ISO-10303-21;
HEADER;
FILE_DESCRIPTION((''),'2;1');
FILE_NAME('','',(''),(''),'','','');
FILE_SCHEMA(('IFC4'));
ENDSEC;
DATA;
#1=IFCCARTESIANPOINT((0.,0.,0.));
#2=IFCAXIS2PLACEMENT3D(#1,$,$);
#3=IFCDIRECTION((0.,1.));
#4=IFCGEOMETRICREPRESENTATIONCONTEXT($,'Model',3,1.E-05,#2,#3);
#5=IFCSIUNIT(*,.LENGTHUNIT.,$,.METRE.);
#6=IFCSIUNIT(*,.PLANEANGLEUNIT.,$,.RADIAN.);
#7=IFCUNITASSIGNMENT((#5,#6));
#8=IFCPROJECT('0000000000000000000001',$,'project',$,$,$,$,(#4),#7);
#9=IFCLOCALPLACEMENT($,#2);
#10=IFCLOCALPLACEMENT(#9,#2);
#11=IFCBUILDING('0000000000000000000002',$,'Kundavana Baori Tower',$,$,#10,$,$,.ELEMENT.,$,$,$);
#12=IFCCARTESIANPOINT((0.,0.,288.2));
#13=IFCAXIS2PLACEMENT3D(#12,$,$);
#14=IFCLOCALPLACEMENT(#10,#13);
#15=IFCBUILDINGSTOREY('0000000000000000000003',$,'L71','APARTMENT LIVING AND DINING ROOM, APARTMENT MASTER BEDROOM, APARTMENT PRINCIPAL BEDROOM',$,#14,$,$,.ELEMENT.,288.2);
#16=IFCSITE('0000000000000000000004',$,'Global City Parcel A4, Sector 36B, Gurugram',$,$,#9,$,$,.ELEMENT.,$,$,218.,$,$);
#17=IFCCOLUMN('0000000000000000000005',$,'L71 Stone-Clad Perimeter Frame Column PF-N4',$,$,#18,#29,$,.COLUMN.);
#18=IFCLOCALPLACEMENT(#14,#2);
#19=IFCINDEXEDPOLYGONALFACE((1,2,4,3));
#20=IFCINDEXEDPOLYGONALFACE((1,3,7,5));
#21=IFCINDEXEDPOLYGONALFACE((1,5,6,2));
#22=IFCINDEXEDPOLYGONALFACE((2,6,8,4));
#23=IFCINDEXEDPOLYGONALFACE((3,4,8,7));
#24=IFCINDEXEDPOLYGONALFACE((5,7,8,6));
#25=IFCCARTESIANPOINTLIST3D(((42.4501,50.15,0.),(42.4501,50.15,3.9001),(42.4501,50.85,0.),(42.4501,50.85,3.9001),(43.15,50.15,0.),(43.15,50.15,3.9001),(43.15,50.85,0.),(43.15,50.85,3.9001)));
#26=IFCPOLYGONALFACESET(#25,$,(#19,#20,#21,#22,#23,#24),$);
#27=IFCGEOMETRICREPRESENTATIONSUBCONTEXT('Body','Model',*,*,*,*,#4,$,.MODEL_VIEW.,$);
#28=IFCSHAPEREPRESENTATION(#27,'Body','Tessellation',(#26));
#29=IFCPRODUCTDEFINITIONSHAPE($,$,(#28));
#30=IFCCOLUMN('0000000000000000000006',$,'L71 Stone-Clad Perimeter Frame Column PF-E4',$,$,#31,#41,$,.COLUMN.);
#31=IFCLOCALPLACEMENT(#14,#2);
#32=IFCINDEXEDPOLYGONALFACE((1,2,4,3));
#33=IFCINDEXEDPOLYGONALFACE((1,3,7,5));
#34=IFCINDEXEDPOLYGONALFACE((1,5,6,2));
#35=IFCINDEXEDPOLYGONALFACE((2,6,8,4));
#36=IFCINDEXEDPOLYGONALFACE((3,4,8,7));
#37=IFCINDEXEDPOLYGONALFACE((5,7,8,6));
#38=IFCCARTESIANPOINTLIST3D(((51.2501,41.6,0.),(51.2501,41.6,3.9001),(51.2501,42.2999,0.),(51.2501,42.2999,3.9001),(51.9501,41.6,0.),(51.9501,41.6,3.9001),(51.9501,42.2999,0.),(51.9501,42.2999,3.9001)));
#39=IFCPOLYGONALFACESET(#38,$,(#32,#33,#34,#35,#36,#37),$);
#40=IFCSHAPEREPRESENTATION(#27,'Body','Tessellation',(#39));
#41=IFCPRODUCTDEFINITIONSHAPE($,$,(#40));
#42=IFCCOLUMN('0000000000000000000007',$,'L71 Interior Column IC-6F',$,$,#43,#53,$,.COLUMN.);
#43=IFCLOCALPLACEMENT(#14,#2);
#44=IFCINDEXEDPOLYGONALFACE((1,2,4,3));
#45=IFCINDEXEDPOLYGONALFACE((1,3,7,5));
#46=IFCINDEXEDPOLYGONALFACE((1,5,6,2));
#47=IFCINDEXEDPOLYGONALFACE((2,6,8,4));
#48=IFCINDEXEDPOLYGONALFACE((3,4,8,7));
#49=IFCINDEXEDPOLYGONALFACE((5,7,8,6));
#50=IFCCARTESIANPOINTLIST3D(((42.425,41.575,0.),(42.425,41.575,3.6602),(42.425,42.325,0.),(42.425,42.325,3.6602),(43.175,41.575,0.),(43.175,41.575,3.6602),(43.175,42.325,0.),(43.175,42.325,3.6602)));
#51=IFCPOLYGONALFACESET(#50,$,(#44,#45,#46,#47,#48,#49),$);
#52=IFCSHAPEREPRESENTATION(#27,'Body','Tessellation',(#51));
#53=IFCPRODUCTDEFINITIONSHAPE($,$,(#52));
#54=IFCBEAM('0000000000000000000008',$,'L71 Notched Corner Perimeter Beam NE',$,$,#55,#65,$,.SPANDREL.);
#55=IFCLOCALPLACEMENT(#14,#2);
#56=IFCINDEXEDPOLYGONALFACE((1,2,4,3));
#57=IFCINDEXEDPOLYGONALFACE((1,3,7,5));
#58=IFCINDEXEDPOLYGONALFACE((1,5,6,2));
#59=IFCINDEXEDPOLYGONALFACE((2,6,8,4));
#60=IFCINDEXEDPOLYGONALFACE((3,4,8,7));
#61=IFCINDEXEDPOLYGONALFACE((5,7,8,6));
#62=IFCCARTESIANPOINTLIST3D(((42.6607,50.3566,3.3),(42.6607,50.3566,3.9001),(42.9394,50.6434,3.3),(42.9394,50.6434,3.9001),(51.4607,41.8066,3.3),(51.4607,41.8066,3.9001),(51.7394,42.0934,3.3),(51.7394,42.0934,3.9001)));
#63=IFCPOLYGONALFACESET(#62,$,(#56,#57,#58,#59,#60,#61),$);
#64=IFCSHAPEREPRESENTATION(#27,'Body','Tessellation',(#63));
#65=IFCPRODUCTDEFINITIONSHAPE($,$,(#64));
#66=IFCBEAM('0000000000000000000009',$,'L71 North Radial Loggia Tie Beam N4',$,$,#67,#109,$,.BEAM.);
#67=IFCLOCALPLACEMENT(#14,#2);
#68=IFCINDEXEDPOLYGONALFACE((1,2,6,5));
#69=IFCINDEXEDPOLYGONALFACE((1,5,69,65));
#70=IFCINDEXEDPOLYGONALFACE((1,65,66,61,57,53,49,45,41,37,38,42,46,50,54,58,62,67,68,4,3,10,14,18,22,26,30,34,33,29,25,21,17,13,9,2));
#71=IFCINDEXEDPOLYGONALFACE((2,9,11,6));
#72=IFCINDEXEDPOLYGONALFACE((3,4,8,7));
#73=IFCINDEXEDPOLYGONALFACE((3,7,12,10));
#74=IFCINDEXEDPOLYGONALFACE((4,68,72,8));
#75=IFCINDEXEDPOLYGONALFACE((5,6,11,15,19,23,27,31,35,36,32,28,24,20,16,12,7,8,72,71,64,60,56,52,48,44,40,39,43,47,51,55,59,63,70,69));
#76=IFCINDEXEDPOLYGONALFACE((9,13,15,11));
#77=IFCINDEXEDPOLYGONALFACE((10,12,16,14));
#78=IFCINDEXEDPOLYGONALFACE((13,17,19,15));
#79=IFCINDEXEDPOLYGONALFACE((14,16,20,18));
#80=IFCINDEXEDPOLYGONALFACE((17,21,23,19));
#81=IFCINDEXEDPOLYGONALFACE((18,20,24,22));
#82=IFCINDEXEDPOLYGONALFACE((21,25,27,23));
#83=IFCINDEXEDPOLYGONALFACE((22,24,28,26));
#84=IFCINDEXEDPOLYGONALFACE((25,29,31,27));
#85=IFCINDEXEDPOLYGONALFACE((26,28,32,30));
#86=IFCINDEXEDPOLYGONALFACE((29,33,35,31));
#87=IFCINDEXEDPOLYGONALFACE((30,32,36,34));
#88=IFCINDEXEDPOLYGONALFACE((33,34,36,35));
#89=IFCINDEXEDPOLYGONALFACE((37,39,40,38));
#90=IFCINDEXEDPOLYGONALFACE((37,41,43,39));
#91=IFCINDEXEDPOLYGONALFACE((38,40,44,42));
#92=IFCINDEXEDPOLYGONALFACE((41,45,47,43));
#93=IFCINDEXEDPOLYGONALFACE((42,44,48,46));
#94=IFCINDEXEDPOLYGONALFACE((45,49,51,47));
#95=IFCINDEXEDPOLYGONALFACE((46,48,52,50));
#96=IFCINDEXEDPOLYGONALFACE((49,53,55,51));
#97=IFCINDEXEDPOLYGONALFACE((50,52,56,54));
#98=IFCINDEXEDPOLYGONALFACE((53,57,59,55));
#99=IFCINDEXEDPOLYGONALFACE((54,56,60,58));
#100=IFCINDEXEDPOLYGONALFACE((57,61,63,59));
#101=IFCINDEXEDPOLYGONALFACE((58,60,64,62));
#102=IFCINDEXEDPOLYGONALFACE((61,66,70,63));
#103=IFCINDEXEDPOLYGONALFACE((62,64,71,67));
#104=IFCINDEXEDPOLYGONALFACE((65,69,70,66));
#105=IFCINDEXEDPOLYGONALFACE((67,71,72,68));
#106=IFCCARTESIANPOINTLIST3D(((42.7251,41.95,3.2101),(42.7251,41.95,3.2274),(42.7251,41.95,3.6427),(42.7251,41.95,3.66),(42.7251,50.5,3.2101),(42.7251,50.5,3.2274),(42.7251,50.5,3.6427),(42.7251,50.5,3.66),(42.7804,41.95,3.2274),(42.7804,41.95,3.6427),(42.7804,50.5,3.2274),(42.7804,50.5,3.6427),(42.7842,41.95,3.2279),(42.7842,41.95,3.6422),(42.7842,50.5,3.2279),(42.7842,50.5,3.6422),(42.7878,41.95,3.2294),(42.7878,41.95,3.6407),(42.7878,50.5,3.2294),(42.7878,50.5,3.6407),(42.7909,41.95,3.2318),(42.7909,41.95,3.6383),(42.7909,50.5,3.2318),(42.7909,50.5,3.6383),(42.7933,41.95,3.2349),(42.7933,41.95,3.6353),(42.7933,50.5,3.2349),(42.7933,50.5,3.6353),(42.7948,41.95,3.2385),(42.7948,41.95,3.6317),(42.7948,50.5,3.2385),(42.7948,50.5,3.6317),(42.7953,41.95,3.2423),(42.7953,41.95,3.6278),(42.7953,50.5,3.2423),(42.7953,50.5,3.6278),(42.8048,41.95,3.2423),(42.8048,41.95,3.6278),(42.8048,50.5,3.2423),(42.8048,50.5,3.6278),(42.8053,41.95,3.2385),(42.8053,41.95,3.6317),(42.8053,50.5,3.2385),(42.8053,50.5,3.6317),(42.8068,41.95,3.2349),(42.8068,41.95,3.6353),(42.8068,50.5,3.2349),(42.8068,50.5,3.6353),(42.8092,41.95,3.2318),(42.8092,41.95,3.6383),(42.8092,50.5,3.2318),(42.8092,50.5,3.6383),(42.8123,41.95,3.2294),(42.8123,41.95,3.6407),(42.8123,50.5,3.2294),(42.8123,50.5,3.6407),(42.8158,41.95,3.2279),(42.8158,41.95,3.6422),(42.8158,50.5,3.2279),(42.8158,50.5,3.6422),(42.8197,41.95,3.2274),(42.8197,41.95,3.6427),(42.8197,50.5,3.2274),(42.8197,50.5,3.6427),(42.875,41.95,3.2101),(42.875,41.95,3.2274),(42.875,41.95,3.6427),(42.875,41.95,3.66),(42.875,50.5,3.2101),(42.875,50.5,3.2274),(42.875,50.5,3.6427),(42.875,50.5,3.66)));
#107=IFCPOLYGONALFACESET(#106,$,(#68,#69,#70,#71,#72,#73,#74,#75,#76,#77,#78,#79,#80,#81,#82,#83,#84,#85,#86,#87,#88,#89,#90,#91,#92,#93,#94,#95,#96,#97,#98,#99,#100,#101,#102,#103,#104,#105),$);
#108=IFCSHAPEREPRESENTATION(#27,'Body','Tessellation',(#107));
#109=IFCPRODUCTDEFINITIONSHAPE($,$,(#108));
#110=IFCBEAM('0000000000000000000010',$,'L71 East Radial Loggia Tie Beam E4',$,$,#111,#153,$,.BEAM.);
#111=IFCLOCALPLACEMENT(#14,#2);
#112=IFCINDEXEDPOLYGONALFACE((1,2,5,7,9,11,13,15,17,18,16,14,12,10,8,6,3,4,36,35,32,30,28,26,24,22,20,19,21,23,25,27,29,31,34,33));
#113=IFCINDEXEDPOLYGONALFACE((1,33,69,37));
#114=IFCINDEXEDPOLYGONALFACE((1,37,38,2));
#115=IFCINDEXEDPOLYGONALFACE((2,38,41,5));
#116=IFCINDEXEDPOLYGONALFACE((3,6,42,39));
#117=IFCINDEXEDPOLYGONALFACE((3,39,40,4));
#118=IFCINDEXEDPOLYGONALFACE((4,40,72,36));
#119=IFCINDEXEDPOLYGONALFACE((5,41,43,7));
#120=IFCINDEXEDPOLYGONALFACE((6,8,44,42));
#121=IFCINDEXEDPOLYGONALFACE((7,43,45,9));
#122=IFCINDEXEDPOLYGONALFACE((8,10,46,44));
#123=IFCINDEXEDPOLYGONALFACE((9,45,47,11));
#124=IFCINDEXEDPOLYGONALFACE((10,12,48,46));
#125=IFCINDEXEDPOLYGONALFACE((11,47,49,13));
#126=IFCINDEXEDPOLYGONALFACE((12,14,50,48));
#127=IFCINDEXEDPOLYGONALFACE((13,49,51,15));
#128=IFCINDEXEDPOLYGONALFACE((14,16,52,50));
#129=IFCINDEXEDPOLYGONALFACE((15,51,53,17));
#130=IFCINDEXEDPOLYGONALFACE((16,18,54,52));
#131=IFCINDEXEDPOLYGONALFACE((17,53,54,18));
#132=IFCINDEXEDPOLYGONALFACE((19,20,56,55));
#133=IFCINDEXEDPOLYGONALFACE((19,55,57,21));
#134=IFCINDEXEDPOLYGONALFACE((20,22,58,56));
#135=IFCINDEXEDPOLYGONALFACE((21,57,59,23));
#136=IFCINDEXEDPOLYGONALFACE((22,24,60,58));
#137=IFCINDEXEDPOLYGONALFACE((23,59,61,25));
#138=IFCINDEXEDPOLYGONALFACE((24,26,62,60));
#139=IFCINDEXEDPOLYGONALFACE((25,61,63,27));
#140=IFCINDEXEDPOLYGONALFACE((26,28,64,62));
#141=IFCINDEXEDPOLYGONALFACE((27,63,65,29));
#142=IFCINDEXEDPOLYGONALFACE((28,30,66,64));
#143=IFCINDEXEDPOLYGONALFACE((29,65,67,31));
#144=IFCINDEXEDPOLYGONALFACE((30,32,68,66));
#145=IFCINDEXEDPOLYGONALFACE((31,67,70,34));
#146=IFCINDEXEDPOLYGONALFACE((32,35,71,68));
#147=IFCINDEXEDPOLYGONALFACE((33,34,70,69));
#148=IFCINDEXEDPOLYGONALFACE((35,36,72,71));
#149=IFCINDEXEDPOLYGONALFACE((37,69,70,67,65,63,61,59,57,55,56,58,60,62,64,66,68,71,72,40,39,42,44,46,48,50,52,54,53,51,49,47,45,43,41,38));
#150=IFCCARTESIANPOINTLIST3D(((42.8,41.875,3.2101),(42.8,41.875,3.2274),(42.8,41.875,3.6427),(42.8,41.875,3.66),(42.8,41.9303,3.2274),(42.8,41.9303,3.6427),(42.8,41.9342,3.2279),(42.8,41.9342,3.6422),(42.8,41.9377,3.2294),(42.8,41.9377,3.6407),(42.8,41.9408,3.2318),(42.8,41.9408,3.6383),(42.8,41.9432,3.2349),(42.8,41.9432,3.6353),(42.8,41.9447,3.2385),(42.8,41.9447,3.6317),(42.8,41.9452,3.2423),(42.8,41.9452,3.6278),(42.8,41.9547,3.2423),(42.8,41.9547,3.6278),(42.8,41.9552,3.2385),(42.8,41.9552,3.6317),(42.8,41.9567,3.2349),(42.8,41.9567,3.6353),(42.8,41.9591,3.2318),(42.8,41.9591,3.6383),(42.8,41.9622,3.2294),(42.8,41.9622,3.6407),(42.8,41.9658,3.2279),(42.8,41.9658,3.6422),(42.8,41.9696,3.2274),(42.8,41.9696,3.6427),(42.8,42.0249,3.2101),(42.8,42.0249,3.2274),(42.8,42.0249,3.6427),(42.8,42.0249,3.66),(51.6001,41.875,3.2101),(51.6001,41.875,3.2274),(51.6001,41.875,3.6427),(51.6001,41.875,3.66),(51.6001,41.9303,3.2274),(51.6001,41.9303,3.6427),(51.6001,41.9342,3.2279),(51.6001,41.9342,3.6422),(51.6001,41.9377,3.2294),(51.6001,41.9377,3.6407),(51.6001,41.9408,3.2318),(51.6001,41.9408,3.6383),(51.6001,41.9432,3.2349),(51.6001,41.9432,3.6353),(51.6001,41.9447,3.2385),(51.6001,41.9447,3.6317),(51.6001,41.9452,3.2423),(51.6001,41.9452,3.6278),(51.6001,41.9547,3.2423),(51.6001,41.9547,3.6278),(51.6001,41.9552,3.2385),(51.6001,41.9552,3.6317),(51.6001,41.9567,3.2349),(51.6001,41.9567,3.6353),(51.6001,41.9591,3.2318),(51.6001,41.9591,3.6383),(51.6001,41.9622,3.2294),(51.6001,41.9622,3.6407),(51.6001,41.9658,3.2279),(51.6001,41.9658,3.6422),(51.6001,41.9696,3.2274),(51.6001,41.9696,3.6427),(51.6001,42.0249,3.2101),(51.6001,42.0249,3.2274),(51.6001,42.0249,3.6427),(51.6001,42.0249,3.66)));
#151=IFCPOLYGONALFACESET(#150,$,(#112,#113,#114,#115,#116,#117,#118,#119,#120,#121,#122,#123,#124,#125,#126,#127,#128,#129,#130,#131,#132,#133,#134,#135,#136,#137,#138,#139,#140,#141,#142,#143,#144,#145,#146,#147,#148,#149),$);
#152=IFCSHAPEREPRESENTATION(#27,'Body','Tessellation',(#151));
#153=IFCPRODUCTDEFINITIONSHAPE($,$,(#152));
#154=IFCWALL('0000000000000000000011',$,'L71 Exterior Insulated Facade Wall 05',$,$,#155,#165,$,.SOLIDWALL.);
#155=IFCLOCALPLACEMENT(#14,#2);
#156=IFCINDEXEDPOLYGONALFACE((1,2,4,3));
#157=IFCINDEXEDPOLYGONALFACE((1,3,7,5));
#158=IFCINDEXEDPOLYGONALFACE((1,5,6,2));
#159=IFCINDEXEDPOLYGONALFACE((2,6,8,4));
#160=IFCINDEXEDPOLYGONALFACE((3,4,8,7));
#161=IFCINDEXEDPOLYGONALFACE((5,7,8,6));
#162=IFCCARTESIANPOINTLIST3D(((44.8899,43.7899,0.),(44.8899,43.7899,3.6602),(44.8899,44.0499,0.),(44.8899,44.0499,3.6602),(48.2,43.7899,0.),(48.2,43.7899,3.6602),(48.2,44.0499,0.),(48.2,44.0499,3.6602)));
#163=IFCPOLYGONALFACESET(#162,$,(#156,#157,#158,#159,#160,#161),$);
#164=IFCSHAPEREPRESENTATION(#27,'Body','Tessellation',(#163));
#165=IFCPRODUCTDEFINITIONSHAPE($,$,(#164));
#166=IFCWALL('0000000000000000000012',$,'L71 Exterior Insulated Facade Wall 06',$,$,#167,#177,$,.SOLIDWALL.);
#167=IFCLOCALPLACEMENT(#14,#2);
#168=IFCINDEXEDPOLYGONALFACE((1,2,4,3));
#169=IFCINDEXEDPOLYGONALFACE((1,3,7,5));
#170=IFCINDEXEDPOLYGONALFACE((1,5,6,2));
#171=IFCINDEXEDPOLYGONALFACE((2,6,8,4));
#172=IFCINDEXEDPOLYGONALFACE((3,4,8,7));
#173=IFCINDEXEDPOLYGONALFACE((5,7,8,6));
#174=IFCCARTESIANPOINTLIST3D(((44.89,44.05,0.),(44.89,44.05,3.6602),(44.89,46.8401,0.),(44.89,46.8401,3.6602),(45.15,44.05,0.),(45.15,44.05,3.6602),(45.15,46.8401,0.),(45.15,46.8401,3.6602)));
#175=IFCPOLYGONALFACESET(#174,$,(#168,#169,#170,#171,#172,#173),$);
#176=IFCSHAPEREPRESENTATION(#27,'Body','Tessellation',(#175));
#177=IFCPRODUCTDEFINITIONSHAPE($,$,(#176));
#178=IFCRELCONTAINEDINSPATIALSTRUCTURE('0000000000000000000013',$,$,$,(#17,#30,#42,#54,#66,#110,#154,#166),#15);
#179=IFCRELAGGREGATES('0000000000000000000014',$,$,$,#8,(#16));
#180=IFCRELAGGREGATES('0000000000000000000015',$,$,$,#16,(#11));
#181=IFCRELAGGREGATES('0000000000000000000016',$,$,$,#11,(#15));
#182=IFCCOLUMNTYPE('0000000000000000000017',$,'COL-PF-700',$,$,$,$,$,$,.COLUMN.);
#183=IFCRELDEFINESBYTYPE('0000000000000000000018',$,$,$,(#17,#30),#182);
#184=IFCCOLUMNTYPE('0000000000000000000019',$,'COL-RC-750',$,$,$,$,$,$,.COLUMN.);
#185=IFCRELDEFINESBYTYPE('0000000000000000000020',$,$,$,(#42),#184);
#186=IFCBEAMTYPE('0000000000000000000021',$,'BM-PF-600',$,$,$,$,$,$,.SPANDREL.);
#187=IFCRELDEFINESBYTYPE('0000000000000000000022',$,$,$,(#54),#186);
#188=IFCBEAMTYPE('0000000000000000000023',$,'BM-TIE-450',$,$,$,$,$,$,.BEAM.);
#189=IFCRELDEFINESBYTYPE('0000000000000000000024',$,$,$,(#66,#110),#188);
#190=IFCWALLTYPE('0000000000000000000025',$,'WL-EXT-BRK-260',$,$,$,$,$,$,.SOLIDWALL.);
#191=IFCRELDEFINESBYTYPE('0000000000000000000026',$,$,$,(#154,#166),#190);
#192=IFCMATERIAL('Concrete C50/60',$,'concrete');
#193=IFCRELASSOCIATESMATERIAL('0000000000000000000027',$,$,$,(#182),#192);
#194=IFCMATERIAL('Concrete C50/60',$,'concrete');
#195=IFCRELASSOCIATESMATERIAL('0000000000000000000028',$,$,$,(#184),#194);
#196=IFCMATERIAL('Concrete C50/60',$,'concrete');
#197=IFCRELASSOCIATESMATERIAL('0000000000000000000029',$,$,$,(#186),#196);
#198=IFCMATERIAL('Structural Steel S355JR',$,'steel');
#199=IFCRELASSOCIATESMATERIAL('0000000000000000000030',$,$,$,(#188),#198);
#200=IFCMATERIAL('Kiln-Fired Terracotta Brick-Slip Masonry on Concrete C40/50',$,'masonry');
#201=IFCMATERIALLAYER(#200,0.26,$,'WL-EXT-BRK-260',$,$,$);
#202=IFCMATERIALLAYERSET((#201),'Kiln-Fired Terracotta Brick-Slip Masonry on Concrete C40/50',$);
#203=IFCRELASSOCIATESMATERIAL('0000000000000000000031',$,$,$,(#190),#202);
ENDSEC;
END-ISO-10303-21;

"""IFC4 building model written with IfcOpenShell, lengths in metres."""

from ifc_helpers import new_model, si_unit, direction, frame, frame_2d, origin, origin_2d, place, context, subcontext, project, spatial, rectangle, i_section, extrude, material, layer, layer_set, material_profile, profile_set, type_object, element, save


model = new_model("IFC4")

# Units and contexts
model_context = context("Model", 3, precision=1e-05, world=origin(), true_north=direction((0.0, 1.0)))
body_context = subcontext(model_context, "Body", "Model", "MODEL_VIEW")
ifc_project = project(units=[si_unit("LENGTHUNIT", "METRE"), si_unit("PLANEANGLEUNIT", "RADIAN")], contexts=[model_context])

# Site, building, storey
site_placement = place(None, origin())
site = spatial("IfcSite", under=ifc_project, at=site_placement, Name="Global City Parcel A4, Sector 36B, Gurugram", CompositionType="ELEMENT", RefElevation=218.0)
building_placement = place(site_placement, origin())
building = spatial("IfcBuilding", under=site, at=building_placement, Name="Kundavana Baori Tower", CompositionType="ELEMENT")
storey_placement = place(building_placement, frame((0.0, 0.0, 288.2)))
storey = spatial("IfcBuildingStorey", under=building, at=storey_placement, Name="L71", Description="APARTMENT LIVING AND DINING ROOM, APARTMENT MASTER BEDROOM, APARTMENT PRINCIPAL BEDROOM", CompositionType="ELEMENT", Elevation=288.2)

# Columns
ifc_material_1 = material(Name="Concrete C50/60", Category="concrete")
ifc_material_profile_1 = material_profile(ifc_material_1, rectangle(XDim=0.7, YDim=0.7, at=origin_2d()), Name="RC PF 700x700")
ifc_profile_set_1 = profile_set([ifc_material_profile_1], Name="Concrete C50/60")
column_type_1 = type_object("IfcColumnType", Name="COL-PF-700", PredefinedType="COLUMN", material=ifc_profile_set_1)
for number, where, z_axis, x_axis, name in (
    (1, (42.8, 50.5, 0.0), (0.0, 0.0, 1.0), (1.0, 0.0, 0.0), "L71 Stone-Clad Perimeter Frame Column PF-N4"),
    (2, (51.6001, 41.95, 0.0), (0.0, 0.0, 1.0), (1.0, 0.0, 0.0), "L71 Stone-Clad Perimeter Frame Column PF-E4"),
):
    element("IfcColumn", number, at=place(storey_placement, frame(where, z_axis=z_axis, x_axis=x_axis)), inside=storey, type_object=column_type_1, Name=name, PredefinedType="COLUMN", context=body_context, shape_type="SweptSolid", body=[
        extrude(rectangle(XDim=0.7, YDim=0.7, at=origin_2d()), origin(), (0.0, 0.0, 1.0), 3.9001),
    ])
ifc_material_2 = material(Name="Concrete C50/60", Category="concrete")
ifc_material_profile_2 = material_profile(ifc_material_2, rectangle(XDim=0.75, YDim=0.75, at=origin_2d()), Name="RC 750x750")
ifc_profile_set_2 = profile_set([ifc_material_profile_2], Name="Concrete C50/60")
column_type_2 = type_object("IfcColumnType", Name="COL-RC-750", PredefinedType="COLUMN", material=ifc_profile_set_2)
column_placement = place(storey_placement, frame((42.8, 41.95, 0.0), z_axis=(0.0, 0.0, 1.0), x_axis=(1.0, 0.0, 0.0)))
element("IfcColumn", 3, at=column_placement, inside=storey, type_object=column_type_2, Name="L71 Interior Column IC-6F", PredefinedType="COLUMN", context=body_context, shape_type="SweptSolid", body=[
    extrude(rectangle(XDim=0.75, YDim=0.75, at=origin_2d()), origin(), (0.0, 0.0, 1.0), 3.6602),
])

# Beams
ifc_material_3 = material(Name="Concrete C50/60", Category="concrete")
ifc_material_profile_3 = material_profile(ifc_material_3, rectangle(XDim=0.3999, YDim=0.6001, at=origin_2d()), Name="RC BM 400x600")
ifc_profile_set_3 = profile_set([ifc_material_profile_3], Name="Concrete C50/60")
beam_type_1 = type_object("IfcBeamType", Name="BM-PF-600", PredefinedType="SPANDREL", material=ifc_profile_set_3)
beam_1_placement = place(storey_placement, frame((42.8, 50.5, 3.6001), z_axis=(0.717221, -0.696846, 0.0), x_axis=(0.696846, 0.717221, 0.0)))
element("IfcBeam", 4, at=beam_1_placement, inside=storey, type_object=beam_type_1, Name="L71 Notched Corner Perimeter Beam NE", PredefinedType="SPANDREL", context=body_context, shape_type="SweptSolid", body=[
    extrude(rectangle(XDim=0.3999, YDim=0.6001, at=origin_2d()), origin(), (0.0, 0.0, 1.0), 12.2695),
])
ifc_material_4 = material(Name="Structural Steel S355JR", Category="steel")
ifc_material_profile_4 = material_profile(ifc_material_4, i_section(OverallWidth=0.1499, OverallDepth=0.45, WebThickness=0.0095, FlangeThickness=0.0173, FilletRadius=0.0149, at=origin_2d()), Name="ISMB 450")
ifc_profile_set_4 = profile_set([ifc_material_profile_4], Name="Structural Steel S355JR")
beam_type_2 = type_object("IfcBeamType", Name="BM-TIE-450", PredefinedType="BEAM", material=ifc_profile_set_4)
beam_2_placement = place(storey_placement, frame((42.8, 41.95, 3.4351), z_axis=(0.0, 1.0, 0.0), x_axis=(-1.0, 0.0, 0.0)))
element("IfcBeam", 5, at=beam_2_placement, inside=storey, type_object=beam_type_2, Name="L71 North Radial Loggia Tie Beam N4", PredefinedType="BEAM", context=body_context, shape_type="SweptSolid", body=[
    extrude(i_section(OverallWidth=0.1499, OverallDepth=0.45, WebThickness=0.0095, FlangeThickness=0.0173, FilletRadius=0.0149, at=origin_2d()), origin(), (0.0, 0.0, 1.0), 8.55),
])
beam_3_placement = place(storey_placement, frame((42.8, 41.95, 3.4351), z_axis=(1.0, 0.0, 0.0), x_axis=(0.0, 1.0, 0.0)))
element("IfcBeam", 6, at=beam_3_placement, inside=storey, type_object=beam_type_2, Name="L71 East Radial Loggia Tie Beam E4", PredefinedType="BEAM", context=body_context, shape_type="SweptSolid", body=[
    extrude(i_section(OverallWidth=0.1499, OverallDepth=0.45, WebThickness=0.0095, FlangeThickness=0.0173, FilletRadius=0.0149, at=origin_2d()), origin(), (0.0, 0.0, 1.0), 8.8),
])

# Walls
ifc_material_5 = material(Name="Kiln-Fired Terracotta Brick-Slip Masonry on Concrete C40/50", Category="masonry")
ifc_layer_1 = layer(ifc_material_5, 0.26, Name="WL-EXT-BRK-260")
ifc_layer_set_1 = layer_set([ifc_layer_1], Name="Kiln-Fired Terracotta Brick-Slip Masonry on Concrete C40/50")
wall_type_1 = type_object("IfcWallType", Name="WL-EXT-BRK-260", PredefinedType="SOLIDWALL", material=ifc_layer_set_1)
wall_1_placement = place(storey_placement, frame((48.2, 43.9199, 0.0), z_axis=(0.0, 0.0, 1.0), x_axis=(-1.0, 0.0, 0.0)))
element("IfcWall", 7, at=wall_1_placement, inside=storey, type_object=wall_type_1, Name="L71 Exterior Insulated Facade Wall 05", PredefinedType="SOLIDWALL", context=body_context, shape_type="SweptSolid", body=[
    extrude(rectangle(XDim=3.3101, YDim=0.26, at=frame_2d((1.655, 0.0))), origin(), (0.0, 0.0, 1.0), 3.6602),
])
wall_2_placement = place(storey_placement, frame((45.02, 44.05, 0.0), z_axis=(0.0, 0.0, 1.0), x_axis=(0.0, 1.0, 0.0)))
element("IfcWall", 8, at=wall_2_placement, inside=storey, type_object=wall_type_1, Name="L71 Exterior Insulated Facade Wall 06", PredefinedType="SOLIDWALL", context=body_context, shape_type="SweptSolid", body=[
    extrude(rectangle(XDim=2.79, YDim=0.26, at=frame_2d((1.395, 0.0))), origin(), (0.0, 0.0, 1.0), 3.6602),
])

save(model, "model.ifc")
